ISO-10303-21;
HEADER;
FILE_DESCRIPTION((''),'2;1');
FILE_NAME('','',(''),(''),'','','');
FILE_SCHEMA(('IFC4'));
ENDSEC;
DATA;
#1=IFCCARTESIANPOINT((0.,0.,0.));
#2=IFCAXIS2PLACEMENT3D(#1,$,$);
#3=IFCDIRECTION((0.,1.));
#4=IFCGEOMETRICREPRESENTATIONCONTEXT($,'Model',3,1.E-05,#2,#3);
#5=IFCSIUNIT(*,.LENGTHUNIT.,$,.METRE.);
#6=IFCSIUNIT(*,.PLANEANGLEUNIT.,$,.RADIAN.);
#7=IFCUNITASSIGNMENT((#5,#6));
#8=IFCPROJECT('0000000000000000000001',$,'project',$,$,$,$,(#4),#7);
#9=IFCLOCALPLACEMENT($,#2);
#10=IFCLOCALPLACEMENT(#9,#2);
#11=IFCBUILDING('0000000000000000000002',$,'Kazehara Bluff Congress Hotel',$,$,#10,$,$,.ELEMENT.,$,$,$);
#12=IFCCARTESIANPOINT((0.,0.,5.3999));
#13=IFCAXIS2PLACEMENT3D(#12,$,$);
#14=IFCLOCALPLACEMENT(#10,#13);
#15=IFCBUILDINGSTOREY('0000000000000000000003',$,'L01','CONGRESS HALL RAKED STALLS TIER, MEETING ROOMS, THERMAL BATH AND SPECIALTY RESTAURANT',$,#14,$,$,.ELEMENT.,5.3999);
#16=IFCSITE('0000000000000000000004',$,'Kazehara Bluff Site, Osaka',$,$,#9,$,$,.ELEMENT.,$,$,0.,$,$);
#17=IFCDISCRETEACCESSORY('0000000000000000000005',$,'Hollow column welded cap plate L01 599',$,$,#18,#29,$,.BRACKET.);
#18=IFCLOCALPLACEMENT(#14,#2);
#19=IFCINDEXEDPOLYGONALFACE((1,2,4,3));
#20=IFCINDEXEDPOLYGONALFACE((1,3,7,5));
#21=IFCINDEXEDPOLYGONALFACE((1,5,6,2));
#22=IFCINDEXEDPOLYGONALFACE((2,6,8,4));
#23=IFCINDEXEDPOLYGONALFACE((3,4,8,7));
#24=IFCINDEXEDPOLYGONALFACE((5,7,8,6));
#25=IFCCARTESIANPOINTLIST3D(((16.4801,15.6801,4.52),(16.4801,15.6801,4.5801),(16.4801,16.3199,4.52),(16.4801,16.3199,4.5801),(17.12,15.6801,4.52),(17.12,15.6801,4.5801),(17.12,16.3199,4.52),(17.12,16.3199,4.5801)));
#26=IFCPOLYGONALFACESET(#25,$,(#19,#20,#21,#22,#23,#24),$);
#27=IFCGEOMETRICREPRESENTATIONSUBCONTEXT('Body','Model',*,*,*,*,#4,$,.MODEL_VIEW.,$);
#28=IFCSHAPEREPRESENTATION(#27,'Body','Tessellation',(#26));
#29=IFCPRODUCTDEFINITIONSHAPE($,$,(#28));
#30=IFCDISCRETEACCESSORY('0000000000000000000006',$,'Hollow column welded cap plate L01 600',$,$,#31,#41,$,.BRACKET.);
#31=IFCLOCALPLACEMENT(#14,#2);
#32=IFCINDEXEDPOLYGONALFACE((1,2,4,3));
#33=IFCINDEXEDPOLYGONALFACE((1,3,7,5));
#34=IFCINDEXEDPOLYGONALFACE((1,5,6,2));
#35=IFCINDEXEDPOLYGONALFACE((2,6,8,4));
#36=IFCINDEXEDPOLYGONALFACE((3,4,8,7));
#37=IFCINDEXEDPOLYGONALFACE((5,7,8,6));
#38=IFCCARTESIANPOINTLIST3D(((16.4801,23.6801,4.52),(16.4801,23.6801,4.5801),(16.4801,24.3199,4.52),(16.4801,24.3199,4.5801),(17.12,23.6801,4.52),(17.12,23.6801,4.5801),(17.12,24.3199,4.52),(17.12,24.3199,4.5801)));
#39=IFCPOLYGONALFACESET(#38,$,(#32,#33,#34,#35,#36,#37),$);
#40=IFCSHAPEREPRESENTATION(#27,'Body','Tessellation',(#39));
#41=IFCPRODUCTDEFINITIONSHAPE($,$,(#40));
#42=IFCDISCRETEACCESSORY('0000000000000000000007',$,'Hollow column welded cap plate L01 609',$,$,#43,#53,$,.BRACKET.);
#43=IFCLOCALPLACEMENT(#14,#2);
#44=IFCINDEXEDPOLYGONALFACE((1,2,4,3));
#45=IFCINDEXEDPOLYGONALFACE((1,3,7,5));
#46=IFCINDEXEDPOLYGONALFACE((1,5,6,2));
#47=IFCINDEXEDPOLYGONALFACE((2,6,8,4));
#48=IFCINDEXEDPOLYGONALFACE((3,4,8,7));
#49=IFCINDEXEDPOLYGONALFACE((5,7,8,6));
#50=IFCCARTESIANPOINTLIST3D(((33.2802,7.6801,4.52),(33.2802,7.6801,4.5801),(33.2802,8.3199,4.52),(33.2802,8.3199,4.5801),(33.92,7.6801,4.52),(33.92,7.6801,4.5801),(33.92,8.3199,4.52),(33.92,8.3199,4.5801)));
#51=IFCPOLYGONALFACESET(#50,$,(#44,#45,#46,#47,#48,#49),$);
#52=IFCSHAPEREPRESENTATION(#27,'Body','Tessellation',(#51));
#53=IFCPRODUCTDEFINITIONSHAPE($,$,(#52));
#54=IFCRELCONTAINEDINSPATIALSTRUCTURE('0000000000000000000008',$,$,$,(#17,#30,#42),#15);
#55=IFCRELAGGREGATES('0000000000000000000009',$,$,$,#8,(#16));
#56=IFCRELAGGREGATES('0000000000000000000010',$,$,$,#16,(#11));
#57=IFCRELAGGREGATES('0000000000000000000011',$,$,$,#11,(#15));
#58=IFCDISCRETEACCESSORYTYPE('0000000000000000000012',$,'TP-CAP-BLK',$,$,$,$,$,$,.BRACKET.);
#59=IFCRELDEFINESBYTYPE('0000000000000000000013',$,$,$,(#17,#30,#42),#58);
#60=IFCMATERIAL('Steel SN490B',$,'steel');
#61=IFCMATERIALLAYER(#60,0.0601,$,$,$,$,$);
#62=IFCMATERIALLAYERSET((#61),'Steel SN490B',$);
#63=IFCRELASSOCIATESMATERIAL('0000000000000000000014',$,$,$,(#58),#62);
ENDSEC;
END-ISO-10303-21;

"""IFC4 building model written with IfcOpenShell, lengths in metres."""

from ifc_helpers import new_model, si_unit, direction, frame, origin, origin_2d, place, context, subcontext, project, spatial, rectangle, extrude, material, layer, layer_set, type_object, element, save


model = new_model("IFC4")

# Units and contexts
model_context = context("Model", 3, precision=1e-05, world=origin(), true_north=direction((0.0, 1.0)))
body_context = subcontext(model_context, "Body", "Model", "MODEL_VIEW")
ifc_project = project(units=[si_unit("LENGTHUNIT", "METRE"), si_unit("PLANEANGLEUNIT", "RADIAN")], contexts=[model_context])

# Site, building, storey
site_placement = place(None, origin())
site = spatial("IfcSite", under=ifc_project, at=site_placement, Name="Kazehara Bluff Site, Osaka", CompositionType="ELEMENT", RefElevation=0.0)
building_placement = place(site_placement, origin())
building = spatial("IfcBuilding", under=site, at=building_placement, Name="Kazehara Bluff Congress Hotel", CompositionType="ELEMENT")
storey_placement = place(building_placement, frame((0.0, 0.0, 5.3999)))
storey = spatial("IfcBuildingStorey", under=building, at=storey_placement, Name="L01", Description="CONGRESS HALL RAKED STALLS TIER, MEETING ROOMS, THERMAL BATH AND SPECIALTY RESTAURANT", CompositionType="ELEMENT", Elevation=5.3999)

# Discrete accessories
ifc_material_1 = material(Name="Steel SN490B", Category="steel")
ifc_layer_1 = layer(ifc_material_1, 0.0601)
ifc_layer_set_1 = layer_set([ifc_layer_1], Name="Steel SN490B")
discrete_accessory_type = type_object("IfcDiscreteAccessoryType", Name="TP-CAP-BLK", PredefinedType="BRACKET", material=ifc_layer_set_1)
for number, where, z_axis, x_axis, name in (
    (1, (16.8, 16.0, 4.52), (0.0, 0.0, 1.0), (1.0, 0.0, 0.0), "Hollow column welded cap plate L01 599"),
    (2, (16.8, 24.0, 4.52), (0.0, 0.0, 1.0), (1.0, 0.0, 0.0), "Hollow column welded cap plate L01 600"),
    (3, (33.6001, 8.0, 4.52), (0.0, 0.0, 1.0), (1.0, 0.0, 0.0), "Hollow column welded cap plate L01 609"),
):
    element("IfcDiscreteAccessory", number, at=place(storey_placement, frame(where, z_axis=z_axis, x_axis=x_axis)), inside=storey, type_object=discrete_accessory_type, Name=name, PredefinedType="BRACKET", context=body_context, shape_type="SweptSolid", body=[
        extrude(rectangle(XDim=0.6399, YDim=0.6399, at=origin_2d()), origin(), (0.0, 0.0, 1.0), 0.0601),
    ])

save(model, "model.ifc")
